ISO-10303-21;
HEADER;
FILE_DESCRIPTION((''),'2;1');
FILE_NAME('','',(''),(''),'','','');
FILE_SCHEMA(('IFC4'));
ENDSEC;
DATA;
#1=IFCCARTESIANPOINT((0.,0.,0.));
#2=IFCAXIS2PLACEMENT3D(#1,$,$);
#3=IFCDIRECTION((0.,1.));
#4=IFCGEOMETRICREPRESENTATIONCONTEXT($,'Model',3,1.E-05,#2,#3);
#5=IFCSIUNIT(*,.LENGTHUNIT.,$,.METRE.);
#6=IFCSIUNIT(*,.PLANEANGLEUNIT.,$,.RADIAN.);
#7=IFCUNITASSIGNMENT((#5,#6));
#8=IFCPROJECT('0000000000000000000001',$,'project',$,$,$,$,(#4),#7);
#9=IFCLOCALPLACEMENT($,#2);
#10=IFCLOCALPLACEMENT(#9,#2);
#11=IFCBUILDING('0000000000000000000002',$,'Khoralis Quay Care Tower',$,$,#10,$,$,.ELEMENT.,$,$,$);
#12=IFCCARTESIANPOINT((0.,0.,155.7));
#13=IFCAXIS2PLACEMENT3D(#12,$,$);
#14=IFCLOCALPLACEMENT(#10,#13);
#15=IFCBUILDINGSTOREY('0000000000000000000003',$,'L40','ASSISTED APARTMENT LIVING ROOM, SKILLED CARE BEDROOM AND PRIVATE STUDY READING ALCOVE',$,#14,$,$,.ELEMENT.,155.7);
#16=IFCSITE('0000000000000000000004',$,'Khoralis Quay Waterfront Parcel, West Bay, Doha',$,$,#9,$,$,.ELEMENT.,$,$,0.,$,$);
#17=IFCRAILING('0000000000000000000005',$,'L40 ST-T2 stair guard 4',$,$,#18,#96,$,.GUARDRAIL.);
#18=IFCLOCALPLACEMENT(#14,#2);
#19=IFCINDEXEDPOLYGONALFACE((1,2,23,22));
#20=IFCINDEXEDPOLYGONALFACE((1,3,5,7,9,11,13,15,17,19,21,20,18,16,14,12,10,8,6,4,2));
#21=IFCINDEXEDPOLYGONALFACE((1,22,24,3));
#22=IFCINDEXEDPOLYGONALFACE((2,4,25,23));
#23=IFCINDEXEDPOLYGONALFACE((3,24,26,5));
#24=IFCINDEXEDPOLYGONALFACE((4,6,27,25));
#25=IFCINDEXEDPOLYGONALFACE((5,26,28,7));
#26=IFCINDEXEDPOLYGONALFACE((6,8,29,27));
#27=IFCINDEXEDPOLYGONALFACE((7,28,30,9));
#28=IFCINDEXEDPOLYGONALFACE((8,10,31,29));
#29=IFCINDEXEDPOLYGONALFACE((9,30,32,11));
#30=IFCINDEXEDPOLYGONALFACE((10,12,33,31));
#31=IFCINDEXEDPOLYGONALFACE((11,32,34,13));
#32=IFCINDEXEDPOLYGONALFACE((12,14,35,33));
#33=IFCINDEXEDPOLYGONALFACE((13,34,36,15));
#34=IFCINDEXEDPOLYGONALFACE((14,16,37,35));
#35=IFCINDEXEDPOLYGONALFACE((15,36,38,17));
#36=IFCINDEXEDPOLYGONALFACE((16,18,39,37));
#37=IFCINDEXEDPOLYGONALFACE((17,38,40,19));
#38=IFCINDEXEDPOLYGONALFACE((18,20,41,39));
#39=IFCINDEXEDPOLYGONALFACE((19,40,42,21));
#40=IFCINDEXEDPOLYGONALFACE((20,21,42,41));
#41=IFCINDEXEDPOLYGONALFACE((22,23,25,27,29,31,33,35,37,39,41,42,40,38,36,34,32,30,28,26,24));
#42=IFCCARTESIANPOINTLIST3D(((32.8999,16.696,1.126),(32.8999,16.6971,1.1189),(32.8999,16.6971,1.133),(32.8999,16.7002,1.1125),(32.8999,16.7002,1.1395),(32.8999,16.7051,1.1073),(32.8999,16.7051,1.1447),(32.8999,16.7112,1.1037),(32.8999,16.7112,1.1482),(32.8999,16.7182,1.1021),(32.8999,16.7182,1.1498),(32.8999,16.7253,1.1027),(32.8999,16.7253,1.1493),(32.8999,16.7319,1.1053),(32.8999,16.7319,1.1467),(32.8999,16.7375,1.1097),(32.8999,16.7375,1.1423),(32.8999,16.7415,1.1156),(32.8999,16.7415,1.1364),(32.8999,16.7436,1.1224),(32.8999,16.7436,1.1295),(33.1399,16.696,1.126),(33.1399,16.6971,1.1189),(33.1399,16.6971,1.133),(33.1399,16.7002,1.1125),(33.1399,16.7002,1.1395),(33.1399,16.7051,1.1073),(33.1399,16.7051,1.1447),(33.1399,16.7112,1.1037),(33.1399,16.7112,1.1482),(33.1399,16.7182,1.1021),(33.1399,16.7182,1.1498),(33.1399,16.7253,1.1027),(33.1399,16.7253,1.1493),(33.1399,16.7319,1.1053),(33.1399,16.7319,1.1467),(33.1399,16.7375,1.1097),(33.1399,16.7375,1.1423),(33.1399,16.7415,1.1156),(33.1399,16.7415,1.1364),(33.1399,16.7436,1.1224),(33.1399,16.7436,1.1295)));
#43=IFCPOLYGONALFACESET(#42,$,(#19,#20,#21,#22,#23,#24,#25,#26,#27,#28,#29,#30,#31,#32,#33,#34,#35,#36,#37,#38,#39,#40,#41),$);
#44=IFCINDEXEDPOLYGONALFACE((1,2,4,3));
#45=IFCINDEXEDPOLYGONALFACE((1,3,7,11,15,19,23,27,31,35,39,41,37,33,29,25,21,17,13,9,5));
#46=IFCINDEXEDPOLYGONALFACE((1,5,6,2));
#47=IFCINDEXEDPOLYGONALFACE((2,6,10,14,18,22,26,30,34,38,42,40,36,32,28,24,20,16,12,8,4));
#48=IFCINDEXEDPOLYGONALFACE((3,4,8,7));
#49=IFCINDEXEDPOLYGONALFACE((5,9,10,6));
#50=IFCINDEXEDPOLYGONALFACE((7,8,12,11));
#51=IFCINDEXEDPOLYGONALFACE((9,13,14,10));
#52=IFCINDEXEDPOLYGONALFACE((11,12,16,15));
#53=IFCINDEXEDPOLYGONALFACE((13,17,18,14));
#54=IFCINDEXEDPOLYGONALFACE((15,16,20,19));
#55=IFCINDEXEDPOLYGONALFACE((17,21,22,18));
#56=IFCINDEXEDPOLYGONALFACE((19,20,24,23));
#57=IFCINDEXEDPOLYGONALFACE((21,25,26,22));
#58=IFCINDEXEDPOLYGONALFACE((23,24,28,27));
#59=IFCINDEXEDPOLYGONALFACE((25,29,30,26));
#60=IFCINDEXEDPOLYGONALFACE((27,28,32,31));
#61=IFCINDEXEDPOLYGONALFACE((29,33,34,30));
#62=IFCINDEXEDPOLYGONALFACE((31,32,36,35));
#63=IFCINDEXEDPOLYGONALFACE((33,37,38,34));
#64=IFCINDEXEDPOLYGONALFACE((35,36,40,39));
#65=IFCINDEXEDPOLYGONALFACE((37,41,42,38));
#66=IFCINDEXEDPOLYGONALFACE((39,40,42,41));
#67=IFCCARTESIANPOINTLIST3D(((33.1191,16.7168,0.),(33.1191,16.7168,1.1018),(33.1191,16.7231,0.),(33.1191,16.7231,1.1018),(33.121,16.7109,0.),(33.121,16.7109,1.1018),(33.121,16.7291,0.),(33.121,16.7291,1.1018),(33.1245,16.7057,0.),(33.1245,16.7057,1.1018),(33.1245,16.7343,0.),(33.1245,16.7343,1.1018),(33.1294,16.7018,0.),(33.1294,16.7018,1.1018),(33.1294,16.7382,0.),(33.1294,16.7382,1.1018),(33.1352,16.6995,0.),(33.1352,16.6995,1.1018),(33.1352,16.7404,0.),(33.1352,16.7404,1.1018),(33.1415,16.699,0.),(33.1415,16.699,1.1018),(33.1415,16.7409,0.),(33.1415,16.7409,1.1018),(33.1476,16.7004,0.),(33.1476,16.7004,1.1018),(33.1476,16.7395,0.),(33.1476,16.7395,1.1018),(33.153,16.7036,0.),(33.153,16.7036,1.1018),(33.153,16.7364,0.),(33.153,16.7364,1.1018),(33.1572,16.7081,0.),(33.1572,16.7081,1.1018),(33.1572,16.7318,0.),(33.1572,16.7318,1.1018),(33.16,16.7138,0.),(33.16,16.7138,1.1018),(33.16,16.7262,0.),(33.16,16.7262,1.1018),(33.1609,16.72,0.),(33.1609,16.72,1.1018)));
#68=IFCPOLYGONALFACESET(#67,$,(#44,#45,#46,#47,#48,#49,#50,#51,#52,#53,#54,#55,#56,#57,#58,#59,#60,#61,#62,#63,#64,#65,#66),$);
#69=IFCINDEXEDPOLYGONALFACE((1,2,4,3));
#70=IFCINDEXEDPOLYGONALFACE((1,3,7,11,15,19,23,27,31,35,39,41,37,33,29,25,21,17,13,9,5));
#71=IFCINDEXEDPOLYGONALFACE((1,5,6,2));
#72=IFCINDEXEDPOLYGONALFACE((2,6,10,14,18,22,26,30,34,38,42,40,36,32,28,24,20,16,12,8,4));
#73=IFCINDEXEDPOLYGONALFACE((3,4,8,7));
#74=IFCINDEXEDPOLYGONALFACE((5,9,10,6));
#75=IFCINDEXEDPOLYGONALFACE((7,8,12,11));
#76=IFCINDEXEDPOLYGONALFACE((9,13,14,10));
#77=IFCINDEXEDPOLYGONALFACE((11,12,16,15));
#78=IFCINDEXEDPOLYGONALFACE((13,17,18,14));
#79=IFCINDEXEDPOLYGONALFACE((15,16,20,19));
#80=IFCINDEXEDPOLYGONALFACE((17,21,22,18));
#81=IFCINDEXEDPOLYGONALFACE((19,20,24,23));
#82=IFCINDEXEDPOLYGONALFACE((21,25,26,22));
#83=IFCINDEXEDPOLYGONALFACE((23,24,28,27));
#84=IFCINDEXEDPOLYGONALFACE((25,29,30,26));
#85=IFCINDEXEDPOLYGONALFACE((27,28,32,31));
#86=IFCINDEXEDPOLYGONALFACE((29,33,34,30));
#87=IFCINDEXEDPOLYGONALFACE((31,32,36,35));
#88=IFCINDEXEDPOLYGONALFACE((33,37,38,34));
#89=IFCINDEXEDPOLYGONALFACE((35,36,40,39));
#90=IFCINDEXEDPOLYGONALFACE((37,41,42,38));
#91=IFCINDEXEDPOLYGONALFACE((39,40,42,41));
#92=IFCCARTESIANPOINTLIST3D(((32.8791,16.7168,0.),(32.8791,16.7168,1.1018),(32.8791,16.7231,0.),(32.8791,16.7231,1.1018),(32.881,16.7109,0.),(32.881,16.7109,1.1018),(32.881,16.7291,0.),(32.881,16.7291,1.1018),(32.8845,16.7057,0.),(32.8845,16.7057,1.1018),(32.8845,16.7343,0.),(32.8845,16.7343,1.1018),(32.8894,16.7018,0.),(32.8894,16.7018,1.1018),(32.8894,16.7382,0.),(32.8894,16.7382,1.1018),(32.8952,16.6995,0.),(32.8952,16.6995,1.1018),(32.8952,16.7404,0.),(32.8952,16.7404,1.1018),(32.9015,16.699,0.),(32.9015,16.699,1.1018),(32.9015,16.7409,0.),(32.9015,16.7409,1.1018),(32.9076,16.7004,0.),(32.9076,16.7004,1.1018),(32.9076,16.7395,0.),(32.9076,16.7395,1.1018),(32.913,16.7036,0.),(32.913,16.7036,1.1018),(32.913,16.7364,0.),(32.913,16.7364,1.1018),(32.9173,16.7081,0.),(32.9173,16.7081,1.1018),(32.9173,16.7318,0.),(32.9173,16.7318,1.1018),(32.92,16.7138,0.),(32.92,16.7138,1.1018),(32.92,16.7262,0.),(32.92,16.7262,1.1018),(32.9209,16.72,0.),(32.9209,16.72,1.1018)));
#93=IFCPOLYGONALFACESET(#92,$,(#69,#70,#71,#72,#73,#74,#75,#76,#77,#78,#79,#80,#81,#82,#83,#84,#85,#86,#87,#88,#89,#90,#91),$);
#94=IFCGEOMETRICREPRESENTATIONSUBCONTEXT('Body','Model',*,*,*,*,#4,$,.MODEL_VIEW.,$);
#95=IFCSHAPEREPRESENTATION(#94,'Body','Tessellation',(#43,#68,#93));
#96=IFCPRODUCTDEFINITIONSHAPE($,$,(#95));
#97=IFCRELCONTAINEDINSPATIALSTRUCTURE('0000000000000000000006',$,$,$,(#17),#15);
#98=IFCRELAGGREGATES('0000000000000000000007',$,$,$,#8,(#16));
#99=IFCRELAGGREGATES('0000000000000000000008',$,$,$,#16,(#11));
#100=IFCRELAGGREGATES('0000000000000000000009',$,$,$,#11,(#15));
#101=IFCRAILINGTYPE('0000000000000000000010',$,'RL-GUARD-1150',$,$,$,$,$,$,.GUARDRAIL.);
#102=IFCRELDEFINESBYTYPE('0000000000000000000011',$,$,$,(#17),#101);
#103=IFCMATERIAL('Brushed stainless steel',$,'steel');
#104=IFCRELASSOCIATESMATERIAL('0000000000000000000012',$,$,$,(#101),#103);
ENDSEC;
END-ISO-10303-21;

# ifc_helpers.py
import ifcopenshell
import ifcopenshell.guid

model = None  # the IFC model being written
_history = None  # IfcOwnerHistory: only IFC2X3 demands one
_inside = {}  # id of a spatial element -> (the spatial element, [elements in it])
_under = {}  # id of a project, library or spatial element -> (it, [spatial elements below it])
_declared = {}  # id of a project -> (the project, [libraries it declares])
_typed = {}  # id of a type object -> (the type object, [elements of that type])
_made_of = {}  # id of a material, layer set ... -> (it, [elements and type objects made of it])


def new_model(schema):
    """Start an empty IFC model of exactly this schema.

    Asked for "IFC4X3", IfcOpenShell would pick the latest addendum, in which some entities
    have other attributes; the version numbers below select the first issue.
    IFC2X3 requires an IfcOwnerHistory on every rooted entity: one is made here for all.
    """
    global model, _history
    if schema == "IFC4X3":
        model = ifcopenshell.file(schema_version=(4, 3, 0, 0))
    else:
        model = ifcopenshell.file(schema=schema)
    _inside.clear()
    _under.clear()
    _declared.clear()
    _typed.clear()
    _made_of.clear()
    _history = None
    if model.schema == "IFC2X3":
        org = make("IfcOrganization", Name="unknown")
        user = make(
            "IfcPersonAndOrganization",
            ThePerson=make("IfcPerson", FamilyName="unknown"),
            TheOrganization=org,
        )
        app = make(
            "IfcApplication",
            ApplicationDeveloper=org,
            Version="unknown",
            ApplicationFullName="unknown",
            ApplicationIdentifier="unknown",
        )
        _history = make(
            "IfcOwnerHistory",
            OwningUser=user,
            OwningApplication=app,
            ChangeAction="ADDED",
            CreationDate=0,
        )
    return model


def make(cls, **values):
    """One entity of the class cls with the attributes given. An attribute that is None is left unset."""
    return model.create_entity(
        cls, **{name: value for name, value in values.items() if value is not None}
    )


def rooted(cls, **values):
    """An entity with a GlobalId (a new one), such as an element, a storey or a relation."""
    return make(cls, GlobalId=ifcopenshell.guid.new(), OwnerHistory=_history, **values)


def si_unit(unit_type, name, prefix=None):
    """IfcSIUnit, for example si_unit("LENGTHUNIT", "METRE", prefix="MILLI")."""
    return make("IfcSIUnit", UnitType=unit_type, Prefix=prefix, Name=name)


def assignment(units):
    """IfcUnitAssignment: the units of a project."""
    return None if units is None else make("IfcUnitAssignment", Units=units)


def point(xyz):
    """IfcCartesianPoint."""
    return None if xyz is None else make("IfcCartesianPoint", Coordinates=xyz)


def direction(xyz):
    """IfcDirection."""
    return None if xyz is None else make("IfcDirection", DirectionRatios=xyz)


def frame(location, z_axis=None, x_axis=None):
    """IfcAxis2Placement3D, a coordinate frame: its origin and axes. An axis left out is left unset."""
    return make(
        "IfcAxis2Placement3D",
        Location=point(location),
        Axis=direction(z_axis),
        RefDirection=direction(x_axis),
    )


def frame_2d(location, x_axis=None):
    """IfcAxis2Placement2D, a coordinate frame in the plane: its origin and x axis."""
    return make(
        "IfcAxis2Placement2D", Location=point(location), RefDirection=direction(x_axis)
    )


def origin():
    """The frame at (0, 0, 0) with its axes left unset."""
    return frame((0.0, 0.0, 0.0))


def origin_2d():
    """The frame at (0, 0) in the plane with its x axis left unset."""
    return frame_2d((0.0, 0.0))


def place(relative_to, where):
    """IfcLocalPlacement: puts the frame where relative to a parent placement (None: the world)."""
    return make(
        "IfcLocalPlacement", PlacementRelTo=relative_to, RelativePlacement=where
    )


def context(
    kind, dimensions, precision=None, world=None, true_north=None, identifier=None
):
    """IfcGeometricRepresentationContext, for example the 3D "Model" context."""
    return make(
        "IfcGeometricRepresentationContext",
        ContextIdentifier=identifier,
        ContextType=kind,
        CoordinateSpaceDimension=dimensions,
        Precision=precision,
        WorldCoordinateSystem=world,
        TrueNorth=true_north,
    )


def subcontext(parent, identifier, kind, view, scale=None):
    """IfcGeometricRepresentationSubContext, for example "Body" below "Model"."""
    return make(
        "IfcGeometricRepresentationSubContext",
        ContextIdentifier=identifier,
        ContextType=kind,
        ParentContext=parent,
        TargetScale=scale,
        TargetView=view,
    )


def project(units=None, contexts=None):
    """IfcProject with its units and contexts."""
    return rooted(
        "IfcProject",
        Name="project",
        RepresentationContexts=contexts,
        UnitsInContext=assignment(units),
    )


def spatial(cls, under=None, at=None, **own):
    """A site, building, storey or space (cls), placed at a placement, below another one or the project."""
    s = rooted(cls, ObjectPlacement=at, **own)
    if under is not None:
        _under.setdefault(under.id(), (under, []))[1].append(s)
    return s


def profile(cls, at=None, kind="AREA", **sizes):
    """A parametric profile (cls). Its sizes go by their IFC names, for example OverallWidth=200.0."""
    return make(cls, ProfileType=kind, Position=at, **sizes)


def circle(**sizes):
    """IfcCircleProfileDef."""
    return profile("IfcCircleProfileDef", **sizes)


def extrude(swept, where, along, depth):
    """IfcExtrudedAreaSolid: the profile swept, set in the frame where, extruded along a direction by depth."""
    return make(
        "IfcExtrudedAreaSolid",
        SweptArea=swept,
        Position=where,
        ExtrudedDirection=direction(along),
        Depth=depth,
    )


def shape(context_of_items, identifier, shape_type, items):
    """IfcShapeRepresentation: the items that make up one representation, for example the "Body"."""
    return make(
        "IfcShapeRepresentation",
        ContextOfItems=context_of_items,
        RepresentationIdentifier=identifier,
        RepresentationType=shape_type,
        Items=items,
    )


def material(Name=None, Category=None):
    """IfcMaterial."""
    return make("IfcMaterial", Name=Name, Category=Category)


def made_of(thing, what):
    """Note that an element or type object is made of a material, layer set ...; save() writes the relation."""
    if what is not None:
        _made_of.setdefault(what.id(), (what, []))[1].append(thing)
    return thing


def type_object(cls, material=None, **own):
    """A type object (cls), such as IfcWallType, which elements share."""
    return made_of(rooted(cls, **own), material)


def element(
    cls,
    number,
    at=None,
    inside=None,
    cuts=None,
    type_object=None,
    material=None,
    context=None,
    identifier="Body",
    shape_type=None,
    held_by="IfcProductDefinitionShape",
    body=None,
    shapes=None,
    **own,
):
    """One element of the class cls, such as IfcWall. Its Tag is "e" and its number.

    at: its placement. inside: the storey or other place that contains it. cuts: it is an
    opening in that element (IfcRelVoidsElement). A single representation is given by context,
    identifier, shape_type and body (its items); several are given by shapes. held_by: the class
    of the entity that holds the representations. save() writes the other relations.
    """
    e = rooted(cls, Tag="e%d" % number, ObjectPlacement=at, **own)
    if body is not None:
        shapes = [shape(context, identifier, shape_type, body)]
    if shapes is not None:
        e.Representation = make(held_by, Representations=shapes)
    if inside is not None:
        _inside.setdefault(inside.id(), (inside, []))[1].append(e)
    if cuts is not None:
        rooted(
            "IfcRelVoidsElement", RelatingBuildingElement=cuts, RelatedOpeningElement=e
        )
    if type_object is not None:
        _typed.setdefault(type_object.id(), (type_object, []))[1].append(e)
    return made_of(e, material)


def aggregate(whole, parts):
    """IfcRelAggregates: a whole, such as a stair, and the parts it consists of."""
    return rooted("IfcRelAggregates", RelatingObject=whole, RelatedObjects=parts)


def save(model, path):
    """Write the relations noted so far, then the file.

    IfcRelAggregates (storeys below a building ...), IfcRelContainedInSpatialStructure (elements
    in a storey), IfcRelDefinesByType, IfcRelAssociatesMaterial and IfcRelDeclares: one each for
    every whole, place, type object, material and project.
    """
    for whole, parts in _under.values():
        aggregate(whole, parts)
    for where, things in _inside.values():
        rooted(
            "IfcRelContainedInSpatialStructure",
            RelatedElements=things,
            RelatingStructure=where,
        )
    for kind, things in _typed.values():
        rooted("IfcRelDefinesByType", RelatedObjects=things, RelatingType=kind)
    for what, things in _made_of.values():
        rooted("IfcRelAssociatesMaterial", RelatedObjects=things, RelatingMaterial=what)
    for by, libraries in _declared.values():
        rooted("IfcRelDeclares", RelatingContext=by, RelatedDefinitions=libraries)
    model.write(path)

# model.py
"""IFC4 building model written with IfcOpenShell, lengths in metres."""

from ifc_helpers import new_model, si_unit, direction, frame, origin, origin_2d, place, context, subcontext, project, spatial, circle, extrude, material, type_object, element, save


model = new_model("IFC4")

# Units and contexts
model_context = context("Model", 3, precision=1e-05, world=origin(), true_north=direction((0.0, 1.0)))
body_context = subcontext(model_context, "Body", "Model", "MODEL_VIEW")
ifc_project = project(units=[si_unit("LENGTHUNIT", "METRE"), si_unit("PLANEANGLEUNIT", "RADIAN")], contexts=[model_context])

# Site, building, storey
site_placement = place(None, origin())
site = spatial("IfcSite", under=ifc_project, at=site_placement, Name="Khoralis Quay Waterfront Parcel, West Bay, Doha", CompositionType="ELEMENT", RefElevation=0.0)
building_placement = place(site_placement, origin())
building = spatial("IfcBuilding", under=site, at=building_placement, Name="Khoralis Quay Care Tower", CompositionType="ELEMENT")
storey_placement = place(building_placement, frame((0.0, 0.0, 155.7)))
storey = spatial("IfcBuildingStorey", under=building, at=storey_placement, Name="L40", Description="ASSISTED APARTMENT LIVING ROOM, SKILLED CARE BEDROOM AND PRIVATE STUDY READING ALCOVE", CompositionType="ELEMENT", Elevation=155.7)

# Railing
ifc_material_1 = material(Name="Brushed stainless steel", Category="steel")
railing_type_1 = type_object("IfcRailingType", Name="RL-GUARD-1150", PredefinedType="GUARDRAIL", material=ifc_material_1)
railing_1_placement = place(storey_placement, frame((33.1399, 16.72, 0.0)))
element("IfcRailing", 1, at=railing_1_placement, inside=storey, type_object=railing_type_1, Name="L40 ST-T2 stair guard 4", PredefinedType="GUARDRAIL", context=body_context, shape_type="SweptSolid", body=[
    extrude(circle(Radius=0.0239, at=origin_2d()), frame((0.0, 0.0, 1.126), z_axis=(-1.0, 0.0, 0.0), x_axis=(0.0, -1.0, 0.0)), (0.0, 0.0, 1.0), 0.24),
    extrude(circle(Radius=0.021, at=origin_2d()), origin(), (0.0, 0.0, 1.0), 1.1018),
    extrude(circle(Radius=0.021, at=origin_2d()), frame((-0.24, 0.0, 0.0)), (0.0, 0.0, 1.0), 1.1018),
])

save(model, "model.ifc")
